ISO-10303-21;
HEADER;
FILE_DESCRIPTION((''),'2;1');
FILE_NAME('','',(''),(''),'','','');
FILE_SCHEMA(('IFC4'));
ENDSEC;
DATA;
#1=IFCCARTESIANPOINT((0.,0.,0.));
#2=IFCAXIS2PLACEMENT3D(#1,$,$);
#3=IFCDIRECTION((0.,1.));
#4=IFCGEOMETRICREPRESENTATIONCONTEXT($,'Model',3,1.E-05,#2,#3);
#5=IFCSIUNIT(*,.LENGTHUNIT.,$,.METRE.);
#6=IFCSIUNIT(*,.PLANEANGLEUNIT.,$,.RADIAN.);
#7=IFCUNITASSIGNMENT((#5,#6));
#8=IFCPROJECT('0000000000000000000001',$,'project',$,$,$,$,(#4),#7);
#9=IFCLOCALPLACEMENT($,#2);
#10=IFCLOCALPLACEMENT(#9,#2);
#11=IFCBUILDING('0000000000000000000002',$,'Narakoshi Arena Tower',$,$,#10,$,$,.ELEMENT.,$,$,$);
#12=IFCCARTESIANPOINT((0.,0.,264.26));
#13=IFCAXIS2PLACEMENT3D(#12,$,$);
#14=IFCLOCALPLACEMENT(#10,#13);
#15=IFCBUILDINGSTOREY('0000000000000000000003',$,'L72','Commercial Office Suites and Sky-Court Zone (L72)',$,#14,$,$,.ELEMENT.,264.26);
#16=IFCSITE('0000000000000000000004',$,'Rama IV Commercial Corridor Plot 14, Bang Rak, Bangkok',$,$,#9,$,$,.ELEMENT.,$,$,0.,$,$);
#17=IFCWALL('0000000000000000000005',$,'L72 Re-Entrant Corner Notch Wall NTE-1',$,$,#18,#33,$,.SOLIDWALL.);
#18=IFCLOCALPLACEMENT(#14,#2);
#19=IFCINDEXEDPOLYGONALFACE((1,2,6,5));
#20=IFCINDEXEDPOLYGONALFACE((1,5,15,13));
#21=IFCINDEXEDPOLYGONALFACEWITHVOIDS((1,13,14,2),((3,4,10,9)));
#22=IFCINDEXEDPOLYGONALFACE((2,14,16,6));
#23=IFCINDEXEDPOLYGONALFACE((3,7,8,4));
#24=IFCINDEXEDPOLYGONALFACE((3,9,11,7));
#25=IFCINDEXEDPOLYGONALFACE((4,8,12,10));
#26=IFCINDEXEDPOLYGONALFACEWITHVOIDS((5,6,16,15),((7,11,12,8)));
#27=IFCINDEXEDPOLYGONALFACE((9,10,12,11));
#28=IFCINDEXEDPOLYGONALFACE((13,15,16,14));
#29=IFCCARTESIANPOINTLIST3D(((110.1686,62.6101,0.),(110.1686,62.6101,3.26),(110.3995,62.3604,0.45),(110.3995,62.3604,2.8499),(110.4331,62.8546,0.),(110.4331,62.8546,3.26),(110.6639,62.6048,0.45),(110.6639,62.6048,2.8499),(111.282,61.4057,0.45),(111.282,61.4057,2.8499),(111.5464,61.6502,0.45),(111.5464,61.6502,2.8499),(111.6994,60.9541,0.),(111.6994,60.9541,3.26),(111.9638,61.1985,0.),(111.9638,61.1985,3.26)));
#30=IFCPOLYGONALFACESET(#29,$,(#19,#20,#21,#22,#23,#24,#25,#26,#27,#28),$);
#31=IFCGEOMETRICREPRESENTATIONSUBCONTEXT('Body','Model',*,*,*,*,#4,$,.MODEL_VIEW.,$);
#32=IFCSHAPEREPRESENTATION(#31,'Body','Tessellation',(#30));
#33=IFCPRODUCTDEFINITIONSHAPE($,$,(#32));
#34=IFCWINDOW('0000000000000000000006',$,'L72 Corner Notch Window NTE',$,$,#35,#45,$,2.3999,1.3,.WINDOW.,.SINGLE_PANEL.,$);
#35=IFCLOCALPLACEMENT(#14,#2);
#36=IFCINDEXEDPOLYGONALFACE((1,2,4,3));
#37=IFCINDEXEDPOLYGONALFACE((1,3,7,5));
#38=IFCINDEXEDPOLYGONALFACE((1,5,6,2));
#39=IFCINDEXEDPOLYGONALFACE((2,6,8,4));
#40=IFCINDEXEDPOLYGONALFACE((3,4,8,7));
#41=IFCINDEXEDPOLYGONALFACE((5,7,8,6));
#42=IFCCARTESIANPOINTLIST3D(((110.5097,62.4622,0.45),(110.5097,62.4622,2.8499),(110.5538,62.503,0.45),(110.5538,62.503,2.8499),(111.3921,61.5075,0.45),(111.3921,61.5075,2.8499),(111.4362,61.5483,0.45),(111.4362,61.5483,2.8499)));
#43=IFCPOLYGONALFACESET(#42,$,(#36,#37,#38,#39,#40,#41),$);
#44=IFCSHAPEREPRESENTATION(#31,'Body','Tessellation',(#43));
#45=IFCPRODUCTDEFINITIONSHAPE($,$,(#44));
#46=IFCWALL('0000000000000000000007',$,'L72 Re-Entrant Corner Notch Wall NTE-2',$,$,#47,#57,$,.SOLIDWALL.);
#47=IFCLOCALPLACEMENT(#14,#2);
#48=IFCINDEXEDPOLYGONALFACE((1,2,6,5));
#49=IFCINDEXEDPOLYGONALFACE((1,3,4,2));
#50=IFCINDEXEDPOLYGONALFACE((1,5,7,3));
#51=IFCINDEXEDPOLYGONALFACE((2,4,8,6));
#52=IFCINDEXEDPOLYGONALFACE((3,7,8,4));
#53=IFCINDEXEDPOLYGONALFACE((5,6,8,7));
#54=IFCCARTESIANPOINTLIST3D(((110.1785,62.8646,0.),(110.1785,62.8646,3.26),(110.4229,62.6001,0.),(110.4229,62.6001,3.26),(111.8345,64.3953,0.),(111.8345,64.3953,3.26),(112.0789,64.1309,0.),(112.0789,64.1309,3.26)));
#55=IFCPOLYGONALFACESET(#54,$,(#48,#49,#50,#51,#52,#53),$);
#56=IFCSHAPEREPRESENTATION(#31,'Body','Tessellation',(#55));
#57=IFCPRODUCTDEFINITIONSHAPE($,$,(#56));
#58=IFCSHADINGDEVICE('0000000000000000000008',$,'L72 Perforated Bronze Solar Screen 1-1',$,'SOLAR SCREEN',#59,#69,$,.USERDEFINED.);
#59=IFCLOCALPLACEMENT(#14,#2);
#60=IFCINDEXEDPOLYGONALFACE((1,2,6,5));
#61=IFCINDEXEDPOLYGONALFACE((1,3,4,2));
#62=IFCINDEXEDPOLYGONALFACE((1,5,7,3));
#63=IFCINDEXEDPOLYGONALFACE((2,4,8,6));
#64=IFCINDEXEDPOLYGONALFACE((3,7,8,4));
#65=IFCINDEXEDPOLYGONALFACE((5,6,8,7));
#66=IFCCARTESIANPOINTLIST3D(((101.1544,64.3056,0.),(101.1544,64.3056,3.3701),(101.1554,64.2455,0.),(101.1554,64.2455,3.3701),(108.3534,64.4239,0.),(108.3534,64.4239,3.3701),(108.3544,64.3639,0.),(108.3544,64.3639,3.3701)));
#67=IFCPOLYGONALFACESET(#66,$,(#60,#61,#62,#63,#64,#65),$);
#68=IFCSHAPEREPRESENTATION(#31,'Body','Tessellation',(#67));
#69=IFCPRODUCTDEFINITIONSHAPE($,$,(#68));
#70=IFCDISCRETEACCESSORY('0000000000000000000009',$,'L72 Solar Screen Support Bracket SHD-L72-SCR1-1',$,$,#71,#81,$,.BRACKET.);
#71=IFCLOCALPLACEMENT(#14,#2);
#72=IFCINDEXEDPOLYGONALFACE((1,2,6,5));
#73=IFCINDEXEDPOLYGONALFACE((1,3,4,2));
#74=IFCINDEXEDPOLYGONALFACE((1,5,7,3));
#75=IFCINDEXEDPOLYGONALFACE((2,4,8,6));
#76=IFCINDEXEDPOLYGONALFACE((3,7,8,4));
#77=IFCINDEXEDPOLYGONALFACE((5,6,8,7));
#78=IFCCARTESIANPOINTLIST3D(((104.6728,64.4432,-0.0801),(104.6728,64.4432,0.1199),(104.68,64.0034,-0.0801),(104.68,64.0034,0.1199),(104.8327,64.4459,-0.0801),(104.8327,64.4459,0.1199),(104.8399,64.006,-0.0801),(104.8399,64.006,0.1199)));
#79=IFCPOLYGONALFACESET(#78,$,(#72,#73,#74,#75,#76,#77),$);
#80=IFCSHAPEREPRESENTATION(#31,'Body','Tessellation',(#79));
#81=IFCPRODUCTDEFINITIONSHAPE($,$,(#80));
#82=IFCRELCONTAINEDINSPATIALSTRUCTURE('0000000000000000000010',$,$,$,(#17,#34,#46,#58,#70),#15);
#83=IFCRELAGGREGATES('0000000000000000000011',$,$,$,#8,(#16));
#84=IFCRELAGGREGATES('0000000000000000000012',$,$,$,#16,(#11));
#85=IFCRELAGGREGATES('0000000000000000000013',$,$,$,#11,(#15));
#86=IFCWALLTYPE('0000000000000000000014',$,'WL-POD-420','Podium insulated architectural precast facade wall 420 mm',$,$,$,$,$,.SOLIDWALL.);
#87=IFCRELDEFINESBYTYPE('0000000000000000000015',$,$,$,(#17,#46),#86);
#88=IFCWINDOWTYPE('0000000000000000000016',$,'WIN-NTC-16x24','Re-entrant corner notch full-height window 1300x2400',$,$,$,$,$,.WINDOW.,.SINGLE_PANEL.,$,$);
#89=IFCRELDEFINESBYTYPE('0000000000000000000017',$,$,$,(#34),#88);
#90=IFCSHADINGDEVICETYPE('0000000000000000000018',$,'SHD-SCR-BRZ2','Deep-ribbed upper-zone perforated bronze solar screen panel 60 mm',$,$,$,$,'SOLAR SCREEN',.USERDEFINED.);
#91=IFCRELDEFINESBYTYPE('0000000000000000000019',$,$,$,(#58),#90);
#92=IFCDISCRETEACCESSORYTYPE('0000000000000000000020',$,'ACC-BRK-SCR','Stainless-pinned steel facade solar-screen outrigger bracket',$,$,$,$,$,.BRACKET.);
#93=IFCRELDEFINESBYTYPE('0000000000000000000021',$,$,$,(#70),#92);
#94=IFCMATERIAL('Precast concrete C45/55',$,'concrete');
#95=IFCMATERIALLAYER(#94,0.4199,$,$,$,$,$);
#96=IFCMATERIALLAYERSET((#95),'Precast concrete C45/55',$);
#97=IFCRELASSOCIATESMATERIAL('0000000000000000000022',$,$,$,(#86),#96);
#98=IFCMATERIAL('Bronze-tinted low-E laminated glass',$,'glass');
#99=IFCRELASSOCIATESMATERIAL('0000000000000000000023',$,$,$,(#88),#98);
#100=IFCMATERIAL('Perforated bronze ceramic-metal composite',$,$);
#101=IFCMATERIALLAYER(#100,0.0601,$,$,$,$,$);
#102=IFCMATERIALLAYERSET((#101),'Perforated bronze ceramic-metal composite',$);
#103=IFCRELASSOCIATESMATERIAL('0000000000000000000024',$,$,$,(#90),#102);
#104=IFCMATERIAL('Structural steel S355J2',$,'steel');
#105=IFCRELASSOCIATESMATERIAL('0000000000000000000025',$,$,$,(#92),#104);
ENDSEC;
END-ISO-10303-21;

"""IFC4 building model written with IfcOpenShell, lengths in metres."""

from ifc_helpers import new_model, si_unit, direction, frame, frame_2d, origin, origin_2d, place, context, subcontext, project, spatial, rectangle, extrude, material, layer, layer_set, type_object, element, fill, save


model = new_model("IFC4")

# Units and contexts
model_context = context("Model", 3, precision=1e-05, world=origin(), true_north=direction((0.0, 1.0)))
body_context = subcontext(model_context, "Body", "Model", "MODEL_VIEW")
ifc_project = project(units=[si_unit("LENGTHUNIT", "METRE"), si_unit("PLANEANGLEUNIT", "RADIAN")], contexts=[model_context])

# Site, building, storey
site_placement = place(None, origin())
site = spatial("IfcSite", under=ifc_project, at=site_placement, Name="Rama IV Commercial Corridor Plot 14, Bang Rak, Bangkok", CompositionType="ELEMENT", RefElevation=0.0)
building_placement = place(site_placement, origin())
building = spatial("IfcBuilding", under=site, at=building_placement, Name="Narakoshi Arena Tower", CompositionType="ELEMENT")
storey_placement = place(building_placement, frame((0.0, 0.0, 264.26)))
storey = spatial("IfcBuildingStorey", under=building, at=storey_placement, Name="L72", Description="Commercial Office Suites and Sky-Court Zone (L72)", CompositionType="ELEMENT", Elevation=264.26)

# Shared definitions
ifc_material_1 = material(Name="Structural steel S355J2", Category="steel")

# Shared definitions
ifc_material_2 = material(Name="Bronze-tinted low-E laminated glass", Category="glass")

# Shared definitions
ifc_material_3 = material(Name="Precast concrete C45/55", Category="concrete")

# Wall, opening, window
ifc_layer_1 = layer(ifc_material_3, 0.4199)
ifc_layer_set_1 = layer_set([ifc_layer_1], Name="Precast concrete C45/55")
wall_type_1 = type_object("IfcWallType", Name="WL-POD-420", Description="Podium insulated architectural precast facade wall 420 mm", PredefinedType="SOLIDWALL", material=ifc_layer_set_1)
wall_1_placement = place(storey_placement, frame((111.8315, 61.0764, 0.0), z_axis=(0.0, 0.0, 1.0), x_axis=(-0.678793, 0.73433, 0.0)))
wall_1 = element("IfcWall", 1, at=wall_1_placement, inside=storey, type_object=wall_type_1, Name="L72 Re-Entrant Corner Notch Wall NTE-1", PredefinedType="SOLIDWALL", context=body_context, shape_type="SweptSolid", body=[
    extrude(rectangle(XDim=2.2551, YDim=0.3601, at=frame_2d((1.1274, 0.0))), origin(), (0.0, 0.0, 1.0), 3.26),
])
opening_1_placement = place(wall_1_placement, frame((0.615, 0.0, 0.45)))
opening_1 = element("IfcOpeningElement", 2, at=opening_1_placement, cuts=wall_1, PredefinedType="OPENING", context=body_context, shape_type="SweptSolid", body=[
    extrude(rectangle(XDim=1.3, YDim=2.3999, at=frame_2d((0.6499, 1.2))), frame((0.0, 0.1899, 0.0), z_axis=(0.0, -1.0, 0.0), x_axis=(1.0, 0.0, 0.0)), (0.0, 0.0, 1.0), 0.3801),
])
window_type_1 = type_object("IfcWindowType", Name="WIN-NTC-16x24", Description="Re-entrant corner notch full-height window 1300x2400", PartitioningType="SINGLE_PANEL", PredefinedType="WINDOW", material=ifc_material_2)
window_1_placement = place(opening_1_placement, origin())
window_1 = element("IfcWindow", 3, at=window_1_placement, inside=storey, type_object=window_type_1, Name="L72 Corner Notch Window NTE", OverallHeight=2.3999, OverallWidth=1.3, PartitioningType="SINGLE_PANEL", PredefinedType="WINDOW", context=body_context, shape_type="SweptSolid", body=[
    extrude(rectangle(XDim=1.3, YDim=2.3999, at=frame_2d((0.6499, 1.2))), frame((0.0, 0.03, 0.0), z_axis=(0.0, -1.0, 0.0), x_axis=(1.0, 0.0, 0.0)), (0.0, 0.0, 1.0), 0.0601),
])
fill(opening_1, window_1)

# Wall
wall_2_placement = place(storey_placement, frame((110.3008, 62.7324, 0.0), z_axis=(0.0, 0.0, 1.0), x_axis=(0.73433, 0.678793, 0.0)))
element("IfcWall", 4, at=wall_2_placement, inside=storey, type_object=wall_type_1, Name="L72 Re-Entrant Corner Notch Wall NTE-2", PredefinedType="SOLIDWALL", context=body_context, shape_type="SweptSolid", body=[
    extrude(rectangle(XDim=2.2551, YDim=0.3601, at=frame_2d((1.1274, 0.0))), origin(), (0.0, 0.0, 1.0), 3.26),
])

# Shading device
ifc_material_4 = material(Name="Perforated bronze ceramic-metal composite")
ifc_layer_2 = layer(ifc_material_4, 0.0601)
ifc_layer_set_2 = layer_set([ifc_layer_2], Name="Perforated bronze ceramic-metal composite")
shading_device_type = type_object("IfcShadingDeviceType", Name="SHD-SCR-BRZ2", Description="Deep-ribbed upper-zone perforated bronze solar screen panel 60 mm", ElementType="SOLAR SCREEN", PredefinedType="USERDEFINED", material=ifc_layer_set_2)
shading_device_placement = place(storey_placement, frame((104.7544, 64.3347, 0.0), z_axis=(0.0, 0.0, 1.0), x_axis=(-0.999865, -0.01644, 0.0)))
element("IfcShadingDevice", 5, at=shading_device_placement, inside=storey, type_object=shading_device_type, Name="L72 Perforated Bronze Solar Screen 1-1", ObjectType="SOLAR SCREEN", PredefinedType="USERDEFINED", context=body_context, shape_type="SweptSolid", body=[
    extrude(rectangle(XDim=7.2, YDim=0.0601, at=origin_2d()), origin(), (0.0, 0.0, 1.0), 3.3701),
])

# Discrete accessory
discrete_accessory_type = type_object("IfcDiscreteAccessoryType", Name="ACC-BRK-SCR", Description="Stainless-pinned steel facade solar-screen outrigger bracket", PredefinedType="BRACKET", material=ifc_material_1)
discrete_accessory_placement = place(storey_placement, frame((104.7563, 64.2246, -0.0801), z_axis=(0.0, 0.0, 1.0), x_axis=(-0.999865, -0.01644, 0.0)))
element("IfcDiscreteAccessory", 6, at=discrete_accessory_placement, inside=storey, type_object=discrete_accessory_type, Name="L72 Solar Screen Support Bracket SHD-L72-SCR1-1", PredefinedType="BRACKET", context=body_context, shape_type="SweptSolid", body=[
    extrude(rectangle(XDim=0.1599, YDim=0.4399, at=origin_2d()), origin(), (0.0, 0.0, 1.0), 0.2),
])

save(model, "model.ifc")
